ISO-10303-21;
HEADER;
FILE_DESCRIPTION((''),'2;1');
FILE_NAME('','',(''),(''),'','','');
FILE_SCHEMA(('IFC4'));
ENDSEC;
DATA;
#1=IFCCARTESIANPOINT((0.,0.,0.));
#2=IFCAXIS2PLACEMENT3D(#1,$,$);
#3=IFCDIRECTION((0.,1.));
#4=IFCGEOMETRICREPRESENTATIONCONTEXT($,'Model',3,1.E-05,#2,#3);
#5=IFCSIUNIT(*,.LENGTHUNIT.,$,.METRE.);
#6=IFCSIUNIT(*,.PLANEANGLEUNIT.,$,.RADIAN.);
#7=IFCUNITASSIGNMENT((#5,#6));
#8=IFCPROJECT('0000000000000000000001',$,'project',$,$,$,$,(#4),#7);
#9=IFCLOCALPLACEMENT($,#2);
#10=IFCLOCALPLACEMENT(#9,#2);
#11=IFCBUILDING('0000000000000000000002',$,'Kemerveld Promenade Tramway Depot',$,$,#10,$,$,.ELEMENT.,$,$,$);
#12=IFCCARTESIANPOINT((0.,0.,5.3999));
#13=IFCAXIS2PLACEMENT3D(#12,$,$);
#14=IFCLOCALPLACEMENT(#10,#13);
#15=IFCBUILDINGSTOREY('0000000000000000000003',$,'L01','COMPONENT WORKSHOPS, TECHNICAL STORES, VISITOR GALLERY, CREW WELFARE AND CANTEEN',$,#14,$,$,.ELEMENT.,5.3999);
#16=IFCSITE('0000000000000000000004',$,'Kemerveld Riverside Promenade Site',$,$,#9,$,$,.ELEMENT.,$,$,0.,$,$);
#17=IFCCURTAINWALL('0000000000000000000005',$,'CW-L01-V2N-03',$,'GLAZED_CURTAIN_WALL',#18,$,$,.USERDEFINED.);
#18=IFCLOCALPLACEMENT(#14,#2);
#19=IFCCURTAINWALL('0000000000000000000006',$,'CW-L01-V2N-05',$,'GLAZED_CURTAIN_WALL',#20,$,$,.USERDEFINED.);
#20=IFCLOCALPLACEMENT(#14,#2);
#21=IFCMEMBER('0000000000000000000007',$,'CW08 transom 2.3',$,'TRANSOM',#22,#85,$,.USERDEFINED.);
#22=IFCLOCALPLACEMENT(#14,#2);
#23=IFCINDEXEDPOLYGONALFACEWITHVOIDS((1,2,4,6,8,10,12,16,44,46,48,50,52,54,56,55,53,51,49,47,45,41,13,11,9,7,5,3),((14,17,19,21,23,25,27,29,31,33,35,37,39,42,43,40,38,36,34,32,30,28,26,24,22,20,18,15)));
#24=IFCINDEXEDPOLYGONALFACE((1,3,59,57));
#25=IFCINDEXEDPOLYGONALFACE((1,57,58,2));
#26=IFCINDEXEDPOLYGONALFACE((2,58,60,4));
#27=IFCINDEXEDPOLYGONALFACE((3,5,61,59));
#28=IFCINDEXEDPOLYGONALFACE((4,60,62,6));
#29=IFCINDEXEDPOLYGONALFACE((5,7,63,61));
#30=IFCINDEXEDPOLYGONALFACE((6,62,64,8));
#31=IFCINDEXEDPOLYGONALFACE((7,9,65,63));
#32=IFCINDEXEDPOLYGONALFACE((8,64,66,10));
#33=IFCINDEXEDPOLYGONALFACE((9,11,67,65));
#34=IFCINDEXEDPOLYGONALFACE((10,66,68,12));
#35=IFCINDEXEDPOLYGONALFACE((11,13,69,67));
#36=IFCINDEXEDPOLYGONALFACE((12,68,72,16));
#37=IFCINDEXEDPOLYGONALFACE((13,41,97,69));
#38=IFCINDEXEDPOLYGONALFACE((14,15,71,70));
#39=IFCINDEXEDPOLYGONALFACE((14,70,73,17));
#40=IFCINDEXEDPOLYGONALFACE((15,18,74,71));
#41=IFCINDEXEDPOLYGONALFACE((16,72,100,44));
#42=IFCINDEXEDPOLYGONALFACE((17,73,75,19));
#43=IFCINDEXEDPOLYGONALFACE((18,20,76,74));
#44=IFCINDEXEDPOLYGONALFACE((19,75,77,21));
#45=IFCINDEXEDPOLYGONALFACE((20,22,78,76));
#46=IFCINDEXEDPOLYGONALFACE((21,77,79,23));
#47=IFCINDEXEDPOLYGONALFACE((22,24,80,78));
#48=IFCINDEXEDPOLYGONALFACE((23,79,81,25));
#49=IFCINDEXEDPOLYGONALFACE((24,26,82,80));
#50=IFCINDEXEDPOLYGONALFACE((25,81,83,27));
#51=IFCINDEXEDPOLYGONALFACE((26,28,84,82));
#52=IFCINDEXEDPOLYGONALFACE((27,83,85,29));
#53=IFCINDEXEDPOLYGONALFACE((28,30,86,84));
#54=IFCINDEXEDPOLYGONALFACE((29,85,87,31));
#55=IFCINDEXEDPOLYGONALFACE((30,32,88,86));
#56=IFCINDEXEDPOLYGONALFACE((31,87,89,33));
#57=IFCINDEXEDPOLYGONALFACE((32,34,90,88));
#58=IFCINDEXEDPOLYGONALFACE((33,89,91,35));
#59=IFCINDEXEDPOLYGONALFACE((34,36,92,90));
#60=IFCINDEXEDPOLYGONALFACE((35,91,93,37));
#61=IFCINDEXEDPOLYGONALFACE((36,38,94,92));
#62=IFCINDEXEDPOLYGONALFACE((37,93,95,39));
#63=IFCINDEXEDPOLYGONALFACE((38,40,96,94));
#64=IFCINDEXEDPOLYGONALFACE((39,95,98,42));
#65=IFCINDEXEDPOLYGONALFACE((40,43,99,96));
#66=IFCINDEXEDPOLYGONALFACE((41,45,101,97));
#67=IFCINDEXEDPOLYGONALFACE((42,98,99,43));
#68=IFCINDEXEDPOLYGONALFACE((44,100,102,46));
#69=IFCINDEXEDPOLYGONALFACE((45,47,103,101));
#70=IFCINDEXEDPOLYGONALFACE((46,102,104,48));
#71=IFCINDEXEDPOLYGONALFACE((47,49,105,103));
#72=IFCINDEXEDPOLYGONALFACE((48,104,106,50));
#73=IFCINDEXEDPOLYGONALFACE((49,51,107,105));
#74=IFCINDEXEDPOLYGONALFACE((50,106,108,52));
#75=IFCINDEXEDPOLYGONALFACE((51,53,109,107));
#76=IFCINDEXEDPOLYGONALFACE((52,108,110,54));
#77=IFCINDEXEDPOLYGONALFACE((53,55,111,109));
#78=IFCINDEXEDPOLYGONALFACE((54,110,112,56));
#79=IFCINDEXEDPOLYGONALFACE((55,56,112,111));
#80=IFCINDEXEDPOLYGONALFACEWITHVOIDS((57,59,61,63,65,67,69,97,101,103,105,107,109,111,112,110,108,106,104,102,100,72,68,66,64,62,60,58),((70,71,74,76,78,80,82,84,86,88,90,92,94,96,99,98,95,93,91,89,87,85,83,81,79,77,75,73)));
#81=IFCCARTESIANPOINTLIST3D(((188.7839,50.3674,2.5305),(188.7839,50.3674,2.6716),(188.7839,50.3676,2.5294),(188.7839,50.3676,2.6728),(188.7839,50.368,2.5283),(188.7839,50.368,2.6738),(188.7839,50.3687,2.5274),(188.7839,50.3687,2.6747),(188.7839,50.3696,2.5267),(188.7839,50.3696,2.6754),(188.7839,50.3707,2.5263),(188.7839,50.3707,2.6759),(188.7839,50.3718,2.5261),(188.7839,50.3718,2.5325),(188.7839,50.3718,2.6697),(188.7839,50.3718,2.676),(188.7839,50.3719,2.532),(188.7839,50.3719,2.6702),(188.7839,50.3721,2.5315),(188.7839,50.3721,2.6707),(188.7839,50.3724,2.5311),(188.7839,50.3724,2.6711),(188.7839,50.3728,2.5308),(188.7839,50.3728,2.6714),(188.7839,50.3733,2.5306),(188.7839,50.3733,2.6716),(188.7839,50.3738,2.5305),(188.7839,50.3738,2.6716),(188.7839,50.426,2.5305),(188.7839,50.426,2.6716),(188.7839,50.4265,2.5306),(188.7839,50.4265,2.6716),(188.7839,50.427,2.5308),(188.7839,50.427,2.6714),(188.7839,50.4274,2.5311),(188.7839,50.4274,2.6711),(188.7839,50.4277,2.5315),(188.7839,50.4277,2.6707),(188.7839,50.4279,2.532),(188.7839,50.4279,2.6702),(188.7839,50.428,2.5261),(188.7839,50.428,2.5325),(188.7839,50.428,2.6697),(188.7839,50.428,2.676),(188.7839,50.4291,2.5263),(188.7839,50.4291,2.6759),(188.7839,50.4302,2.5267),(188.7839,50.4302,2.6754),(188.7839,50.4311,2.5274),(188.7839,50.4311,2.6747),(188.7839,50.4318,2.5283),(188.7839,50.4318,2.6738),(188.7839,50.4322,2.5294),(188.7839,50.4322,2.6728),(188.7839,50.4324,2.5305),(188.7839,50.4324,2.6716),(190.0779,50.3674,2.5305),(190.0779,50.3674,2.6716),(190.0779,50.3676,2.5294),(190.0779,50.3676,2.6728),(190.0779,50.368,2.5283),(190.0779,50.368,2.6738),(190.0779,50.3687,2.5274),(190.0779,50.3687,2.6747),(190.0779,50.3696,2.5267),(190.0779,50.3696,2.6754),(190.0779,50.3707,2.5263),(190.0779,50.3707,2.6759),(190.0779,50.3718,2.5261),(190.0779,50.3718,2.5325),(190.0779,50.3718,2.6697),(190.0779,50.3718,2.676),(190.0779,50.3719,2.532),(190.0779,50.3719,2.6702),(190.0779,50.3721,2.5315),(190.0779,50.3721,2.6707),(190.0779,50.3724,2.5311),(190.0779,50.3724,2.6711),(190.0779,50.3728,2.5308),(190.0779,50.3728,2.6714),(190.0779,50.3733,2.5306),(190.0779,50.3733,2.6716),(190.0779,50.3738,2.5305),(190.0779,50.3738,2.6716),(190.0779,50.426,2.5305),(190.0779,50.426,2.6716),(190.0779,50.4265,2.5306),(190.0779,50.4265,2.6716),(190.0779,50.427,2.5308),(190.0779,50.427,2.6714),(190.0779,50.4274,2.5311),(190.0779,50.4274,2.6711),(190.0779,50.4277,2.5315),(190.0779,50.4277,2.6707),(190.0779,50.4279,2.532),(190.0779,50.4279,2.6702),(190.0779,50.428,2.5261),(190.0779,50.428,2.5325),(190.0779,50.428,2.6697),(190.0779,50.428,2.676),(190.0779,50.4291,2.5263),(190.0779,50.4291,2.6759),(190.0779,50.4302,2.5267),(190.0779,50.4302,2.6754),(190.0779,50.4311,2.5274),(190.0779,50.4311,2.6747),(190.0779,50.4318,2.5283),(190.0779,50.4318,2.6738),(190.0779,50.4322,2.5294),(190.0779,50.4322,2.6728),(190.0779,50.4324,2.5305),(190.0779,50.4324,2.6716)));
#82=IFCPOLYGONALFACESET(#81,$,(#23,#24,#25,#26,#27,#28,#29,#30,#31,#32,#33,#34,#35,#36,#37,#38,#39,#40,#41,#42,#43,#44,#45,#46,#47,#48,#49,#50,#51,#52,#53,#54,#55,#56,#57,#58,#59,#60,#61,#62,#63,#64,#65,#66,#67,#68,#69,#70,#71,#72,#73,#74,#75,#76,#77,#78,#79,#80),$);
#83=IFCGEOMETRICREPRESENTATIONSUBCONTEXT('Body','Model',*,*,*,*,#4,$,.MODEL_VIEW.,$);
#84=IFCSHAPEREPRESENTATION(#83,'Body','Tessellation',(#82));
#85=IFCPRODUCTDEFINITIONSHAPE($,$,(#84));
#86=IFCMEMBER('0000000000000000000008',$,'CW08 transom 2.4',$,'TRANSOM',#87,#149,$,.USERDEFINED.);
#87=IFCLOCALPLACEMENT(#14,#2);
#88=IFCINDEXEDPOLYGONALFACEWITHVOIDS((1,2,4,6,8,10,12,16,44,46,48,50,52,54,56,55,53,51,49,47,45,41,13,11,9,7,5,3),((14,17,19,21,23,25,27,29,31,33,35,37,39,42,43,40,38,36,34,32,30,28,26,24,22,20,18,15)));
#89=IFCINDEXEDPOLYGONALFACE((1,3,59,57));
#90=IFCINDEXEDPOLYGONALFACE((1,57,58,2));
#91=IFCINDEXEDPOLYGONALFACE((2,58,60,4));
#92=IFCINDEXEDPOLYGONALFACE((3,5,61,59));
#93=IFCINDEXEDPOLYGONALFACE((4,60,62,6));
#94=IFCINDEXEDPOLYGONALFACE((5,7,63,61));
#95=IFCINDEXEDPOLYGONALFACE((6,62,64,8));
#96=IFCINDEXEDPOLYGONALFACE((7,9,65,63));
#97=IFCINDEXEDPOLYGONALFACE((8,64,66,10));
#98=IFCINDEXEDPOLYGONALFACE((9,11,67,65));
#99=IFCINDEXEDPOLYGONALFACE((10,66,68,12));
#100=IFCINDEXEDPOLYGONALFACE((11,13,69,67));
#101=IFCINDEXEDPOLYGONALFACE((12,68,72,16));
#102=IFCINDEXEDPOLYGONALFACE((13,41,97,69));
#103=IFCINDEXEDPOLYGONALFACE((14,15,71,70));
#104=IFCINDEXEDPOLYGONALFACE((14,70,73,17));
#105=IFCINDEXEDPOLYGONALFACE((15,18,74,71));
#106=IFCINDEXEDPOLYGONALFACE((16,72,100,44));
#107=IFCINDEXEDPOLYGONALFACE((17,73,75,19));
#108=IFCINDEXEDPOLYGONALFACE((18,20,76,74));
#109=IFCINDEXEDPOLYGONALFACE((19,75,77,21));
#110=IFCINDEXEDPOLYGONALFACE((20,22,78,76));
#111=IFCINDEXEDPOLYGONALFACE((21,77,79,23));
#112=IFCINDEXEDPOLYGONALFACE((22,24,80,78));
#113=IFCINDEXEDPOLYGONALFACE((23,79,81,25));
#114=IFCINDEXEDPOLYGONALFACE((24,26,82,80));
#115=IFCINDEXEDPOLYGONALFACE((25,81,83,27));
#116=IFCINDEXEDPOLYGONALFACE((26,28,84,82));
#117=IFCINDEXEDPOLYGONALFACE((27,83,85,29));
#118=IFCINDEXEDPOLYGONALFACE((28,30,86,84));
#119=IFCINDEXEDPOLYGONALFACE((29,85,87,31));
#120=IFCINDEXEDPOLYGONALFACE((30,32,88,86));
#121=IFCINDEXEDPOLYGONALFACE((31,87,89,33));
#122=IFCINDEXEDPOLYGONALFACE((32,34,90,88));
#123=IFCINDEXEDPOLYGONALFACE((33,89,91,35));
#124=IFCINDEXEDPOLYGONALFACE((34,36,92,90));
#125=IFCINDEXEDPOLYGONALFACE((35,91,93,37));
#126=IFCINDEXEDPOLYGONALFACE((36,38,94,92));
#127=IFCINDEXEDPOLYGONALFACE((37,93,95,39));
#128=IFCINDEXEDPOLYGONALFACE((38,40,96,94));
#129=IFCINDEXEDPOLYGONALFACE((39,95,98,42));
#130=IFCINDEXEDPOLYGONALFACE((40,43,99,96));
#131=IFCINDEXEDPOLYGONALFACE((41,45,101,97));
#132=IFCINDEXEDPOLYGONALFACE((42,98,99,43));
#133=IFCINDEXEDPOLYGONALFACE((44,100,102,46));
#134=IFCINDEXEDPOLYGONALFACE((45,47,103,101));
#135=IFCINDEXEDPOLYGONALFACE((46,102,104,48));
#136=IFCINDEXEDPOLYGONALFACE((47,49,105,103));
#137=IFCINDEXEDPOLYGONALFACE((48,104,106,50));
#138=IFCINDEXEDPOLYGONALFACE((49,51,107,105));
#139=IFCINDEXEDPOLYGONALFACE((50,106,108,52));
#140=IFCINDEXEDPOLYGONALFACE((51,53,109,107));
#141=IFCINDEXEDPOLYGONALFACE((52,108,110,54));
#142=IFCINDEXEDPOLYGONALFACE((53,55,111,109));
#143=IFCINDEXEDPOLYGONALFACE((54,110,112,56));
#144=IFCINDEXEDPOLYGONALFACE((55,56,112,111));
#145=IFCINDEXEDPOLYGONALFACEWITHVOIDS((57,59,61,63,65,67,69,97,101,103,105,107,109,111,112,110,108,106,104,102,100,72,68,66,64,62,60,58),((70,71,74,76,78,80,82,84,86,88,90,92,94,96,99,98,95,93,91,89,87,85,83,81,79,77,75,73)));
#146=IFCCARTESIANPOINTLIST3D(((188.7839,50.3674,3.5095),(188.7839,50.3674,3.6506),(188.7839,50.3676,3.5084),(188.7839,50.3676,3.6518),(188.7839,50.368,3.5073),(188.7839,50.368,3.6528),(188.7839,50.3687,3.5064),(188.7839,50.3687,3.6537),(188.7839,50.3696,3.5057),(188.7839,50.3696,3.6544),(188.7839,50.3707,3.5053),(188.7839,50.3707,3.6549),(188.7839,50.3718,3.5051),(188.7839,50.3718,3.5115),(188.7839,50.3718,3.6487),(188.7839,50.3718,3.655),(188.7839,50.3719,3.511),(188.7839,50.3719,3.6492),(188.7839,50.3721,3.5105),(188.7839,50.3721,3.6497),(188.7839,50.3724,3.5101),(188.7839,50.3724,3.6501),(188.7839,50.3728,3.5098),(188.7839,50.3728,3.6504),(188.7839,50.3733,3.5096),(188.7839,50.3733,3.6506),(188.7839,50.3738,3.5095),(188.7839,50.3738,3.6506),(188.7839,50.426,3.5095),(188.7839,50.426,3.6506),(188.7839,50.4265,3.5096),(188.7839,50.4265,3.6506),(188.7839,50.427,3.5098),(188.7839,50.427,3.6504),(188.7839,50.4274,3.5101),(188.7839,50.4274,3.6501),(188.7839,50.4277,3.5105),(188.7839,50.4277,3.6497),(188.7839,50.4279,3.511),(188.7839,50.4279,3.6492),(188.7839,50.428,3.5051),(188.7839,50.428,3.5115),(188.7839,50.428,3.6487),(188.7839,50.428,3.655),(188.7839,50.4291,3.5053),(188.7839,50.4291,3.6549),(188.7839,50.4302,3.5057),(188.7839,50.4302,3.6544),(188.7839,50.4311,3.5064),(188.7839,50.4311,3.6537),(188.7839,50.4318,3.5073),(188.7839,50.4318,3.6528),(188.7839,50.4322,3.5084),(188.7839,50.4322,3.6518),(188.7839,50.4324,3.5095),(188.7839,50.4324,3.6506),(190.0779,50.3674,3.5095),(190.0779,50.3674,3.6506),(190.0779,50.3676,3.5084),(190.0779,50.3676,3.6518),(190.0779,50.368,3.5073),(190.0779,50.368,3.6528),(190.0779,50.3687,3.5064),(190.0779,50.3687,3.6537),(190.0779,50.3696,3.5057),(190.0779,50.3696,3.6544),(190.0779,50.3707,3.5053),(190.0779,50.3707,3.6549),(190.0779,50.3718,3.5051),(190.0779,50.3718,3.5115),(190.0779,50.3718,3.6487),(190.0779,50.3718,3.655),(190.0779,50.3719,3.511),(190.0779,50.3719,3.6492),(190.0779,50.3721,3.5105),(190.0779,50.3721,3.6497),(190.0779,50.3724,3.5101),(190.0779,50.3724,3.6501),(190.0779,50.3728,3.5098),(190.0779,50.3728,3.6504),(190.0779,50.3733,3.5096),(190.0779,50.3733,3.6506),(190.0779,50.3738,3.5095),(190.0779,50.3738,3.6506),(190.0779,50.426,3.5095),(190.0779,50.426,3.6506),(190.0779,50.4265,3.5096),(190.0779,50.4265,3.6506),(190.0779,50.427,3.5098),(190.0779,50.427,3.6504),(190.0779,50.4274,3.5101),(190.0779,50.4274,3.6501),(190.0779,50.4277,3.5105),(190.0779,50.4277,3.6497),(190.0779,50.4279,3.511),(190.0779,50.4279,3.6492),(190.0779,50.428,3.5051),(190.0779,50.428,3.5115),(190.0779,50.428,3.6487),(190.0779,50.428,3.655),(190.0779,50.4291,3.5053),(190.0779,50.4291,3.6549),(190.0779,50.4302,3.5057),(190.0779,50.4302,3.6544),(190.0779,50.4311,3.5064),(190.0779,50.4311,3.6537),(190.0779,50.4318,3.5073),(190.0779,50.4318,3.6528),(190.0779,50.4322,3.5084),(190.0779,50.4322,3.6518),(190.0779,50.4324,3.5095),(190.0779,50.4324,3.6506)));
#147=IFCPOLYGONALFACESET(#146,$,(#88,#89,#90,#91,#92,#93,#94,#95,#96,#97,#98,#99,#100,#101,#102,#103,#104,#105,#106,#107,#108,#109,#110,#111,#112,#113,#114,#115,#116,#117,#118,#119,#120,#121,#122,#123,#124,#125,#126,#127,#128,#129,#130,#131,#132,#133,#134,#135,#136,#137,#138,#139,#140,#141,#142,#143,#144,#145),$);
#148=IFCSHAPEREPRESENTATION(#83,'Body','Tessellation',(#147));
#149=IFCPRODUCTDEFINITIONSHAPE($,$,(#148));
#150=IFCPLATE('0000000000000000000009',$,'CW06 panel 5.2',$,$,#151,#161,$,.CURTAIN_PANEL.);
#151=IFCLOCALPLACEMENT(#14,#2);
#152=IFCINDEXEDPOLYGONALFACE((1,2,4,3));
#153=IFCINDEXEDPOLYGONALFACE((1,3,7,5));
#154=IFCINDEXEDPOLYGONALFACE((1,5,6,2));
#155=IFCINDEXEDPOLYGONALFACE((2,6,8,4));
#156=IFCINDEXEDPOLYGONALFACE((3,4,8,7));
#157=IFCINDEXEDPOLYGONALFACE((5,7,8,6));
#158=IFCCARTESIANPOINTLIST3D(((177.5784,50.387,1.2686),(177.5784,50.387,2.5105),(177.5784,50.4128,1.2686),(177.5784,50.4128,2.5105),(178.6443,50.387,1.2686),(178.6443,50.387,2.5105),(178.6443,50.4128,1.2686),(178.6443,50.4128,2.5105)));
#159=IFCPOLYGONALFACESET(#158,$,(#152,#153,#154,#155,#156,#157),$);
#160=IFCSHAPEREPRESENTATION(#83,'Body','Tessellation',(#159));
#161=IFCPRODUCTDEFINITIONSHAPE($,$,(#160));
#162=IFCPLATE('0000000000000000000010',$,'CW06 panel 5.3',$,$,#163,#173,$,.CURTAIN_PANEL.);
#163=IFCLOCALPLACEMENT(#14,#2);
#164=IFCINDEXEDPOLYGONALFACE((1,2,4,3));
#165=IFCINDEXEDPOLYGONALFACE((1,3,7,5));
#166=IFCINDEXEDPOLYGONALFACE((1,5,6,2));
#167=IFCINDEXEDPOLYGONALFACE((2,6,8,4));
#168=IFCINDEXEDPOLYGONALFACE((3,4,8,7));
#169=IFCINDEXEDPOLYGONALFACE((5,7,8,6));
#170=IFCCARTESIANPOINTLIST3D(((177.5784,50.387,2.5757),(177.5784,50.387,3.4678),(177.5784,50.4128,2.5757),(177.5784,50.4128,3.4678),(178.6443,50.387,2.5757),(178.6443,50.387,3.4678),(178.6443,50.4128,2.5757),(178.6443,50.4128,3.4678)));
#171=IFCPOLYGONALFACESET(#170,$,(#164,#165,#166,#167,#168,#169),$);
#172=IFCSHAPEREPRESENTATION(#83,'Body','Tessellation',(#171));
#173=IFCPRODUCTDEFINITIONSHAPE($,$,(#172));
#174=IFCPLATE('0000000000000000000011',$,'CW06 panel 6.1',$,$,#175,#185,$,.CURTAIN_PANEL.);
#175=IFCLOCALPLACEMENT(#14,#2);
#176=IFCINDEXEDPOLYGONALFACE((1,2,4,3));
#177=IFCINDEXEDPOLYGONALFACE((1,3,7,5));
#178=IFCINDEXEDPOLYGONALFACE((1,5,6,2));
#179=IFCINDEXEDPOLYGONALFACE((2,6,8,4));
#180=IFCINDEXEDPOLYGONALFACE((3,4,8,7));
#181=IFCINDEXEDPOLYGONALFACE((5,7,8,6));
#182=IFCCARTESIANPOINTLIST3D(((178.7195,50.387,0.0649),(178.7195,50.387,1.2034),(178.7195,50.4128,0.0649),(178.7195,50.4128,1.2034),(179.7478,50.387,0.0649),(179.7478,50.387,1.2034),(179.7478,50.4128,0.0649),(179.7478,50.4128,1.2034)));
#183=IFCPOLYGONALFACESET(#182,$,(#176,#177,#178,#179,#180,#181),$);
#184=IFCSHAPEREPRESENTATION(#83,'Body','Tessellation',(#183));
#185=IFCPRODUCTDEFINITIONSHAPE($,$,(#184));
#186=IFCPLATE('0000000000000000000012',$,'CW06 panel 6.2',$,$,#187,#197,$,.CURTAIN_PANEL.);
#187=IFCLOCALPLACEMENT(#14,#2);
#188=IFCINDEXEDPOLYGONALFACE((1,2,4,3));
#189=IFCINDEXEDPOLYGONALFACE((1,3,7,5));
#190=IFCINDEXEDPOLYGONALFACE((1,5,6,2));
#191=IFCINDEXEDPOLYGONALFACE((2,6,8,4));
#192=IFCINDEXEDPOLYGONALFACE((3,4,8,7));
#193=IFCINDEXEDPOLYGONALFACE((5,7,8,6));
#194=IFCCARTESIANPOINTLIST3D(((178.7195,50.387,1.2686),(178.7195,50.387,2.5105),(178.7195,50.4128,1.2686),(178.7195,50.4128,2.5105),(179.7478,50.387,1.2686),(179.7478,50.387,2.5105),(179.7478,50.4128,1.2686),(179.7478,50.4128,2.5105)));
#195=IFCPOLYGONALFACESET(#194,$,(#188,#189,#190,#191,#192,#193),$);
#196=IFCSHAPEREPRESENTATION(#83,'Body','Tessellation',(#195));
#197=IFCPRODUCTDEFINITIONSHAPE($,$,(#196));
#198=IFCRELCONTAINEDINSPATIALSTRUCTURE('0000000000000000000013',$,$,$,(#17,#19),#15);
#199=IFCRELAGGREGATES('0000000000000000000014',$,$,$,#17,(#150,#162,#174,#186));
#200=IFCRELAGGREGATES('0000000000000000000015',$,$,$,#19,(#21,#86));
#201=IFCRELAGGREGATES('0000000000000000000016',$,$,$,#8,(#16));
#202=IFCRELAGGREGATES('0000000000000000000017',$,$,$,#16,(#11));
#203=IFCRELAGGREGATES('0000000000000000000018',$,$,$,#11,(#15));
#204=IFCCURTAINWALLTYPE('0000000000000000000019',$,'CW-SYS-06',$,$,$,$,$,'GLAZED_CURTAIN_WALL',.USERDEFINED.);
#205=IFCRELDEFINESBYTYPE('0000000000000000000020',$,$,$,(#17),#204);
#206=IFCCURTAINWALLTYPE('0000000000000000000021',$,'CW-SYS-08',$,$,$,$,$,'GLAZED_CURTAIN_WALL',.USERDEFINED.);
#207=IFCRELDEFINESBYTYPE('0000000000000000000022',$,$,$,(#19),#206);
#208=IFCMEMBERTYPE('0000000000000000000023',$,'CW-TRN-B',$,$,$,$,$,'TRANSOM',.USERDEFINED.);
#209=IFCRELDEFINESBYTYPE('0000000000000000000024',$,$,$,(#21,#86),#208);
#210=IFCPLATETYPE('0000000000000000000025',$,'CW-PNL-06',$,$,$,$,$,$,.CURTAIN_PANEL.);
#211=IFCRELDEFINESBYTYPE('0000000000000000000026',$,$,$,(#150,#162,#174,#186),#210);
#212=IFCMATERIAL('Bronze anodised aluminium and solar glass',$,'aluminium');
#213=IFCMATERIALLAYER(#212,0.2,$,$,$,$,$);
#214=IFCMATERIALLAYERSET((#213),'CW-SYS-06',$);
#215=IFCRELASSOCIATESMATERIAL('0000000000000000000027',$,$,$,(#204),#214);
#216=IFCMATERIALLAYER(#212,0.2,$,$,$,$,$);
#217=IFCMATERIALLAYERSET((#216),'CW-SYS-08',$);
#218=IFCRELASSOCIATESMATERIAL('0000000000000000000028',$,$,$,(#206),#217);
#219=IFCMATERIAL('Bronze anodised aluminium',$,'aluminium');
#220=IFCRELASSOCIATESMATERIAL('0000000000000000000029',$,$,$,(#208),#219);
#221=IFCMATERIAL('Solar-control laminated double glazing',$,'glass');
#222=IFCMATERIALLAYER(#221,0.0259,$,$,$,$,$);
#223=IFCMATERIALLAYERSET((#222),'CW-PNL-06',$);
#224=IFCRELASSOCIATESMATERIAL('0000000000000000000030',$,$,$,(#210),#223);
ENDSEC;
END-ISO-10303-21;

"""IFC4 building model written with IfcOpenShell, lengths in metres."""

from ifc_helpers import new_model, si_unit, direction, frame, origin, origin_2d, place, context, subcontext, project, spatial, rectangle, hollow_rectangle, extrude, material, layer, layer_set, material_profile, profile_set, type_object, element, aggregate, save


model = new_model("IFC4")

# Units and contexts
model_context = context("Model", 3, precision=1e-05, world=origin(), true_north=direction((0.0, 1.0)))
body_context = subcontext(model_context, "Body", "Model", "MODEL_VIEW")
ifc_project = project(units=[si_unit("LENGTHUNIT", "METRE"), si_unit("PLANEANGLEUNIT", "RADIAN")], contexts=[model_context])

# Site, building, storey
site_placement = place(None, origin())
site = spatial("IfcSite", under=ifc_project, at=site_placement, Name="Kemerveld Riverside Promenade Site", CompositionType="ELEMENT", RefElevation=0.0)
building_placement = place(site_placement, origin())
building = spatial("IfcBuilding", under=site, at=building_placement, Name="Kemerveld Promenade Tramway Depot", CompositionType="ELEMENT")
storey_placement = place(building_placement, frame((0.0, 0.0, 5.3999)))
storey = spatial("IfcBuildingStorey", under=building, at=storey_placement, Name="L01", Description="COMPONENT WORKSHOPS, TECHNICAL STORES, VISITOR GALLERY, CREW WELFARE AND CANTEEN", CompositionType="ELEMENT", Elevation=5.3999)

# Curtain walls
ifc_material_1 = material(Name="Bronze anodised aluminium and solar glass", Category="aluminium")
ifc_layer_1 = layer(ifc_material_1, 0.2)
ifc_layer_set_1 = layer_set([ifc_layer_1], Name="CW-SYS-06")
curtain_wall_type_1 = type_object("IfcCurtainWallType", Name="CW-SYS-06", ElementType="GLAZED_CURTAIN_WALL", PredefinedType="USERDEFINED", material=ifc_layer_set_1)
curtain_wall_1_placement = place(storey_placement, origin())
curtain_wall_1 = element("IfcCurtainWall", 1, at=curtain_wall_1_placement, inside=storey, type_object=curtain_wall_type_1, Name="CW-L01-V2N-03", ObjectType="GLAZED_CURTAIN_WALL", PredefinedType="USERDEFINED")
ifc_material_2 = material(Name="Bronze anodised aluminium", Category="aluminium")
ifc_layer_2 = layer(ifc_material_1, 0.2)
ifc_layer_set_2 = layer_set([ifc_layer_2], Name="CW-SYS-08")
curtain_wall_type_2 = type_object("IfcCurtainWallType", Name="CW-SYS-08", ElementType="GLAZED_CURTAIN_WALL", PredefinedType="USERDEFINED", material=ifc_layer_set_2)
curtain_wall_2_placement = place(storey_placement, origin())
curtain_wall_2 = element("IfcCurtainWall", 2, at=curtain_wall_2_placement, inside=storey, type_object=curtain_wall_type_2, Name="CW-L01-V2N-05", ObjectType="GLAZED_CURTAIN_WALL", PredefinedType="USERDEFINED")

# Members
ifc_material_profile_1 = material_profile(ifc_material_2, hollow_rectangle(XDim=0.0649, YDim=0.1499, WallThickness=0.0044, InnerFilletRadius=0.002, OuterFilletRadius=0.0044, at=origin_2d()), Name="CW-TRN-150x65")
ifc_profile_set_1 = profile_set([ifc_material_profile_1], Name="Bronze anodised aluminium")
member_type_1 = type_object("IfcMemberType", Name="CW-TRN-B", ElementType="TRANSOM", PredefinedType="USERDEFINED", material=ifc_profile_set_1)
member_1_placement = place(storey_placement, frame((188.7839, 50.3999, 2.6011), z_axis=(1.0, 0.0, 0.0), x_axis=(0.0, 1.0, 0.0)))
member_1 = element("IfcMember", 3, at=member_1_placement, type_object=member_type_1, Name="CW08 transom 2.3", ObjectType="TRANSOM", PredefinedType="USERDEFINED", context=body_context, shape_type="SweptSolid", body=[
    extrude(hollow_rectangle(XDim=0.0649, YDim=0.1499, WallThickness=0.0044, InnerFilletRadius=0.002, OuterFilletRadius=0.0044, at=origin_2d()), origin(), (0.0, 0.0, 1.0), 1.2939),
])
member_2_placement = place(storey_placement, frame((188.7839, 50.3999, 3.5801), z_axis=(1.0, 0.0, 0.0), x_axis=(0.0, 1.0, 0.0)))
member_2 = element("IfcMember", 4, at=member_2_placement, type_object=member_type_1, Name="CW08 transom 2.4", ObjectType="TRANSOM", PredefinedType="USERDEFINED", context=body_context, shape_type="SweptSolid", body=[
    extrude(hollow_rectangle(XDim=0.0649, YDim=0.1499, WallThickness=0.0044, InnerFilletRadius=0.002, OuterFilletRadius=0.0044, at=origin_2d()), origin(), (0.0, 0.0, 1.0), 1.2939),
])

# Plates
ifc_material_3 = material(Name="Solar-control laminated double glazing", Category="glass")
ifc_layer_3 = layer(ifc_material_3, 0.0259)
ifc_layer_set_3 = layer_set([ifc_layer_3], Name="CW-PNL-06")
plate_type_1 = type_object("IfcPlateType", Name="CW-PNL-06", PredefinedType="CURTAIN_PANEL", material=ifc_layer_set_3)
plate_1_placement = place(storey_placement, frame((178.1113, 50.3999, 1.2686), z_axis=(0.0, 0.0, 1.0), x_axis=(1.0, 0.0, 0.0)))
plate_1 = element("IfcPlate", 5, at=plate_1_placement, type_object=plate_type_1, Name="CW06 panel 5.2", PredefinedType="CURTAIN_PANEL", context=body_context, shape_type="SweptSolid", body=[
    extrude(rectangle(XDim=1.0659, YDim=0.0259, at=origin_2d()), origin(), (0.0, 0.0, 1.0), 1.2419),
])
plate_2_placement = place(storey_placement, frame((178.1113, 50.3999, 2.5757), z_axis=(0.0, 0.0, 1.0), x_axis=(1.0, 0.0, 0.0)))
plate_2 = element("IfcPlate", 6, at=plate_2_placement, type_object=plate_type_1, Name="CW06 panel 5.3", PredefinedType="CURTAIN_PANEL", context=body_context, shape_type="SweptSolid", body=[
    extrude(rectangle(XDim=1.0659, YDim=0.0259, at=origin_2d()), origin(), (0.0, 0.0, 1.0), 0.8921),
])
plate_3_placement = place(storey_placement, frame((179.2336, 50.3999, 0.0649), z_axis=(0.0, 0.0, 1.0), x_axis=(1.0, 0.0, 0.0)))
plate_3 = element("IfcPlate", 7, at=plate_3_placement, type_object=plate_type_1, Name="CW06 panel 6.1", PredefinedType="CURTAIN_PANEL", context=body_context, shape_type="SweptSolid", body=[
    extrude(rectangle(XDim=1.0283, YDim=0.0259, at=origin_2d()), origin(), (0.0, 0.0, 1.0), 1.1384),
])
plate_4_placement = place(storey_placement, frame((179.2336, 50.3999, 1.2686), z_axis=(0.0, 0.0, 1.0), x_axis=(1.0, 0.0, 0.0)))
plate_4 = element("IfcPlate", 8, at=plate_4_placement, type_object=plate_type_1, Name="CW06 panel 6.2", PredefinedType="CURTAIN_PANEL", context=body_context, shape_type="SweptSolid", body=[
    extrude(rectangle(XDim=1.0283, YDim=0.0259, at=origin_2d()), origin(), (0.0, 0.0, 1.0), 1.2419),
])
aggregate(curtain_wall_1, [plate_1, plate_2, plate_3, plate_4])
aggregate(curtain_wall_2, [member_1, member_2])

save(model, "model.ifc")
